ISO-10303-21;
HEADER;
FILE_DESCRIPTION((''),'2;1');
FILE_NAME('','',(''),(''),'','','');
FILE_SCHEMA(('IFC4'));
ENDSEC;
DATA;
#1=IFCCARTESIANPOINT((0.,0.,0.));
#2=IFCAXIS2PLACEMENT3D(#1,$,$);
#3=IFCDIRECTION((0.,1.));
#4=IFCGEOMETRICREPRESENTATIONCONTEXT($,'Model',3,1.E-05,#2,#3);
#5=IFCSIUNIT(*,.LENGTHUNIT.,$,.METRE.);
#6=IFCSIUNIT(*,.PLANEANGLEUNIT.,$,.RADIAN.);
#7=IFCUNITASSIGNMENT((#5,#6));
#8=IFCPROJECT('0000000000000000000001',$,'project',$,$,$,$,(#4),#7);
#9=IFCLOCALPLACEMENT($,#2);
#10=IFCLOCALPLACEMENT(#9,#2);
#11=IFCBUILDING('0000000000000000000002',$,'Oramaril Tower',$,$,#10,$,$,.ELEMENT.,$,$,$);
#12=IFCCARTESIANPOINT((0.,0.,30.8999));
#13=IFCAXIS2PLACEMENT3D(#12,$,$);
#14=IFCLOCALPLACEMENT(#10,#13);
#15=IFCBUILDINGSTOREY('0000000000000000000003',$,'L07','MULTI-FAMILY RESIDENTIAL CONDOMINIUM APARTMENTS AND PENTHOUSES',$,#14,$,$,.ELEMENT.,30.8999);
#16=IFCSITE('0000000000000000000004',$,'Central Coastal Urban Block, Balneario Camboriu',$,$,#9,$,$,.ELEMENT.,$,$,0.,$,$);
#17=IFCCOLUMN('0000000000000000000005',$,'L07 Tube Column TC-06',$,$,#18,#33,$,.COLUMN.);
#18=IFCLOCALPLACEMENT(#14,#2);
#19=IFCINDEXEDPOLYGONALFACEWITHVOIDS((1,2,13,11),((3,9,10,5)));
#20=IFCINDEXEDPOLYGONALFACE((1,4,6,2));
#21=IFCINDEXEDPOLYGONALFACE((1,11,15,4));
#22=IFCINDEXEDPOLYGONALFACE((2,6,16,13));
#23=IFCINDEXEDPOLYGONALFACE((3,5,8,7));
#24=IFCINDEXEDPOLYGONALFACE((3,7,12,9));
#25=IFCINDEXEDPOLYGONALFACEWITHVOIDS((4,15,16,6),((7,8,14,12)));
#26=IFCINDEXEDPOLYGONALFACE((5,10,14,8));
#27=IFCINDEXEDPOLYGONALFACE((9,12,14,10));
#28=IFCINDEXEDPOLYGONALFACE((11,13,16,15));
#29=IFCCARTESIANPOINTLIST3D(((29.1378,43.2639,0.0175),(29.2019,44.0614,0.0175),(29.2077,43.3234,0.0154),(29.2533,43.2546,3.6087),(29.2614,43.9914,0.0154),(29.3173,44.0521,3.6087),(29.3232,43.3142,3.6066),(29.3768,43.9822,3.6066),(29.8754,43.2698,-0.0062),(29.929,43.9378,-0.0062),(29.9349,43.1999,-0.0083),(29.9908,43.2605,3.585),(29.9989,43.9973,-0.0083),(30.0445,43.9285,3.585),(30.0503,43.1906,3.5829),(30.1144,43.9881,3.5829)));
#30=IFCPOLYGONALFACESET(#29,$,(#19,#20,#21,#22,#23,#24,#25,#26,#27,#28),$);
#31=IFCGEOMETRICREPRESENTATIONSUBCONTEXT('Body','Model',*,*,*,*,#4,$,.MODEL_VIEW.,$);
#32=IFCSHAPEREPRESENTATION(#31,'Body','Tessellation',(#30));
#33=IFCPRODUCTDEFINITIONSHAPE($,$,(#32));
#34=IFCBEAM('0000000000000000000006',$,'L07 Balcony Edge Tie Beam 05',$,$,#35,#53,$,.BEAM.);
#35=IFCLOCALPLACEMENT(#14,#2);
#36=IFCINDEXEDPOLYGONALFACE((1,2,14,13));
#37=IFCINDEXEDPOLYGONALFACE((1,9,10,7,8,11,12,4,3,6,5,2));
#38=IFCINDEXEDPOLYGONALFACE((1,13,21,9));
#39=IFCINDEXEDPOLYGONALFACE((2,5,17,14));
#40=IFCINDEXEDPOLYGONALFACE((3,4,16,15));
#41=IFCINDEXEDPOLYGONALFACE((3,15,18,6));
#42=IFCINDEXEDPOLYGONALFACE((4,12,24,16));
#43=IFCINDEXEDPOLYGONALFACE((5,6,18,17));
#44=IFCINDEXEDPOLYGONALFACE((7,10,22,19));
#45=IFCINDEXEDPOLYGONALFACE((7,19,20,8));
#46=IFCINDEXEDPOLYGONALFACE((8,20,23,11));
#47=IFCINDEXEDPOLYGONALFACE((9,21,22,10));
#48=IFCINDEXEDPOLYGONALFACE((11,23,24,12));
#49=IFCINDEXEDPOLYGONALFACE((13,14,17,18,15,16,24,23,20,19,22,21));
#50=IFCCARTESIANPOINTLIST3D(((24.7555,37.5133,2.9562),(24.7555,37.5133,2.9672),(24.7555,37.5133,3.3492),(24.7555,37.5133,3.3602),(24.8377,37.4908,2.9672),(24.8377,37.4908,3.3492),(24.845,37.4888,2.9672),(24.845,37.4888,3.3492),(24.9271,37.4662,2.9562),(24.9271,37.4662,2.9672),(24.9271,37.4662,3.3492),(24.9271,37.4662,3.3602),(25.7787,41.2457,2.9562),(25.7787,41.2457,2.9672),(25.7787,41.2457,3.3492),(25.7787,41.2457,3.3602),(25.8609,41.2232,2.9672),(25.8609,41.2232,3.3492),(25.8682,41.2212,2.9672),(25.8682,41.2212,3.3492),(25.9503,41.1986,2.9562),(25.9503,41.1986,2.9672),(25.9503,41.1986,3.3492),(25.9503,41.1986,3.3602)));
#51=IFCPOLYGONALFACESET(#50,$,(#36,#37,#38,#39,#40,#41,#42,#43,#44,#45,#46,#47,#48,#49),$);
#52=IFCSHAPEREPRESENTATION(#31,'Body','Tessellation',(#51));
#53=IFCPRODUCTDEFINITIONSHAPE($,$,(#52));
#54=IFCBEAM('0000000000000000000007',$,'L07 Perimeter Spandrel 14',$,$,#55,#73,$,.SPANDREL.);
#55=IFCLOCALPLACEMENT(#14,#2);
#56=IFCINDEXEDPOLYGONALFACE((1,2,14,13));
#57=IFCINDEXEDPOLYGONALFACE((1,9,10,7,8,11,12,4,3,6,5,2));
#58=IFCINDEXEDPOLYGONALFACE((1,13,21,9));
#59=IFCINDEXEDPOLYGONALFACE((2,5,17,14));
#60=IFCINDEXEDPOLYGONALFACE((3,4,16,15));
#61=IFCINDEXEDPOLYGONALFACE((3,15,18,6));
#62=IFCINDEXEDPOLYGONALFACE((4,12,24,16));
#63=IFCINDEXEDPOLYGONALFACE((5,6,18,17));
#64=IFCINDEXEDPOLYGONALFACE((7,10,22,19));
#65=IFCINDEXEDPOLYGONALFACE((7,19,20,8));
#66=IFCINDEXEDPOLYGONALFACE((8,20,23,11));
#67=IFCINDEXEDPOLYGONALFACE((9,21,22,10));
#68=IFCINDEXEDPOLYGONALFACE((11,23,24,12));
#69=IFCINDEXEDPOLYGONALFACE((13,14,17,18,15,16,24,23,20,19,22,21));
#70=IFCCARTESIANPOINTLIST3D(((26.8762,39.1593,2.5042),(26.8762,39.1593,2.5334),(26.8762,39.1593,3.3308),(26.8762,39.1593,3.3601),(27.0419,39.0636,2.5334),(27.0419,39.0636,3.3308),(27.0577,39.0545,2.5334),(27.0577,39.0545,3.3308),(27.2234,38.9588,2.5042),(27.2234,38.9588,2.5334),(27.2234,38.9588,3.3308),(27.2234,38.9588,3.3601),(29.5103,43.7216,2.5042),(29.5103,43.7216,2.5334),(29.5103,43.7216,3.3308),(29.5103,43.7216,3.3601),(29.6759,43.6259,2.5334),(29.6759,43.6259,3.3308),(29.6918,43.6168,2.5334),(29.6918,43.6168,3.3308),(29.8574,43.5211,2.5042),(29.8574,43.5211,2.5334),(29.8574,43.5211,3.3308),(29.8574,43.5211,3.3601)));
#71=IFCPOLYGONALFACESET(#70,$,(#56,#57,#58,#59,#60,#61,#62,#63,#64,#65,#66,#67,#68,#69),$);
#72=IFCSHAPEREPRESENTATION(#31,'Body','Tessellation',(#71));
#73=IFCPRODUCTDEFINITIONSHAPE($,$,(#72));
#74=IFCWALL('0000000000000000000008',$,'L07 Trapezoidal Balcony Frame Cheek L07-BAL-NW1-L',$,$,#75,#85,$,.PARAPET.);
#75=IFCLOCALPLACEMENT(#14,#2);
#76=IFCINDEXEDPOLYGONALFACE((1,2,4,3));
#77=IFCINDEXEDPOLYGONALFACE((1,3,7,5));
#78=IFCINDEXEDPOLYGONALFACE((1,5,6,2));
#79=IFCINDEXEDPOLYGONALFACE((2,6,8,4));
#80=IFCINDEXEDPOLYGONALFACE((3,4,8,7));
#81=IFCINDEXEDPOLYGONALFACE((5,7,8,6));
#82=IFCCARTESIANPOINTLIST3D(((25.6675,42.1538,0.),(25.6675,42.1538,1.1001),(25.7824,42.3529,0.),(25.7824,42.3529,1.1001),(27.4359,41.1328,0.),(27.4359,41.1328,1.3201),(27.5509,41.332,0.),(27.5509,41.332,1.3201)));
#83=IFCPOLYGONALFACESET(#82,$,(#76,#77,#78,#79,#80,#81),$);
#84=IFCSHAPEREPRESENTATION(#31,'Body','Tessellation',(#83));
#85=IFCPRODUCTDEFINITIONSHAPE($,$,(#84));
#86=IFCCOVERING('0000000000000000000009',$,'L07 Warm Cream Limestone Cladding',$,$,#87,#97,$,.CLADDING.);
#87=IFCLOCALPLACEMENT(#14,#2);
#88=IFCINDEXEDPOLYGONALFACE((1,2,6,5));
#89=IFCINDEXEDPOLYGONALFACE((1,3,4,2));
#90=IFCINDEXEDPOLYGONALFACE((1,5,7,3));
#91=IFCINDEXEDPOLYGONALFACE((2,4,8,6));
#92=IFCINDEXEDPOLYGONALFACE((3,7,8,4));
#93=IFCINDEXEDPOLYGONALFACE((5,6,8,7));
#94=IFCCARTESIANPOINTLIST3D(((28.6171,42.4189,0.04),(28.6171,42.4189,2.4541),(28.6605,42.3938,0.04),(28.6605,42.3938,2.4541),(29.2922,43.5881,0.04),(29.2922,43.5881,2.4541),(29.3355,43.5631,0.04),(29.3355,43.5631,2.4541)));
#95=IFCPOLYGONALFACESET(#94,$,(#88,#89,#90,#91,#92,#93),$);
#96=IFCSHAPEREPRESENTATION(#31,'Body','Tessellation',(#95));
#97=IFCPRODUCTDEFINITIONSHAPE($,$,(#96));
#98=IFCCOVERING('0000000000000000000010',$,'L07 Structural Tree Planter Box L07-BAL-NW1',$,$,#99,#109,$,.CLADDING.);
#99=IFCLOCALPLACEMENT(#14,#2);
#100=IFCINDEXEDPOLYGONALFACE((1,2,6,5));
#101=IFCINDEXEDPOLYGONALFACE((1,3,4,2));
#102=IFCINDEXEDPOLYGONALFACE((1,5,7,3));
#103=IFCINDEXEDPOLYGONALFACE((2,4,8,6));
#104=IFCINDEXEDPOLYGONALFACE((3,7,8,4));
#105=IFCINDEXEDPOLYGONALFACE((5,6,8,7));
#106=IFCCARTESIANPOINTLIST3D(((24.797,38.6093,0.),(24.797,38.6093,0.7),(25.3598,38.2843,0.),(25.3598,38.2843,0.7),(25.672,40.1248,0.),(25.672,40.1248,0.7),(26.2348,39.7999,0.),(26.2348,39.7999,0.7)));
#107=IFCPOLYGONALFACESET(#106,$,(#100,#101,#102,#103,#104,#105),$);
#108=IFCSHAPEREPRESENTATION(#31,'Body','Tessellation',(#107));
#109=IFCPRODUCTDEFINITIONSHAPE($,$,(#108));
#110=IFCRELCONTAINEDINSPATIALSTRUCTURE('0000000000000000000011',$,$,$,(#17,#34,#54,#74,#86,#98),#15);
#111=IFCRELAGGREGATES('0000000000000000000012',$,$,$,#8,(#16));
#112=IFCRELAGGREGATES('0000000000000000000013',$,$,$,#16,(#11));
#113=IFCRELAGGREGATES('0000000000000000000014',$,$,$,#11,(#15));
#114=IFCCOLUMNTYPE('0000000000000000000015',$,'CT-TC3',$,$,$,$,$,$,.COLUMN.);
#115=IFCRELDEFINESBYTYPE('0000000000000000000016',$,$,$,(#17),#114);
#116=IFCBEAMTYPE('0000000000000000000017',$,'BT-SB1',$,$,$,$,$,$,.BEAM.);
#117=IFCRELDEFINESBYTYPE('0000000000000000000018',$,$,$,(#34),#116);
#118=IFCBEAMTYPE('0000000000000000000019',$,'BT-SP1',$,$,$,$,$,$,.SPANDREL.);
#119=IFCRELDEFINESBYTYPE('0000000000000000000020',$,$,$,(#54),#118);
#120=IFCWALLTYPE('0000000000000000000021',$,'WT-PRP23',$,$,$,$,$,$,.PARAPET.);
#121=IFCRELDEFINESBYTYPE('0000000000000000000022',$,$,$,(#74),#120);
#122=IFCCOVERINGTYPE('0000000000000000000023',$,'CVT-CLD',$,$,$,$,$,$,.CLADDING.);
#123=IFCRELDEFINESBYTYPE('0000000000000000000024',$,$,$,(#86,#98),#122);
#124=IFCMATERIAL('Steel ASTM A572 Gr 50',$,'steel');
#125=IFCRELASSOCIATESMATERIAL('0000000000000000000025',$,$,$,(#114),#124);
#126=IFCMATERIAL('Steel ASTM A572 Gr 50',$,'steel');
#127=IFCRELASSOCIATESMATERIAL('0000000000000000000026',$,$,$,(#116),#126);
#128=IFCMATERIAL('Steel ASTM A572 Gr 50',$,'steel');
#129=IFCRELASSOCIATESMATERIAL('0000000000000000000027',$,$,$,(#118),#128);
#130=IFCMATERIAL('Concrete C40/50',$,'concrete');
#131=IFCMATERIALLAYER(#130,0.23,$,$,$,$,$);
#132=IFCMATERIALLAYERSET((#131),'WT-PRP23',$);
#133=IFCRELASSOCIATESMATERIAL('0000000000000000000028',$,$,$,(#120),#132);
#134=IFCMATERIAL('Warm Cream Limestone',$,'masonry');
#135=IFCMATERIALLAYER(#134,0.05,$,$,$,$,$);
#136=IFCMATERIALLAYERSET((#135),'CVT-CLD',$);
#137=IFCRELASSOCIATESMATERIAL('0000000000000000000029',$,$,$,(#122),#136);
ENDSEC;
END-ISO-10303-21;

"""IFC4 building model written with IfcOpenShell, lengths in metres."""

from ifc_helpers import new_model, si_unit, direction, frame, origin, origin_2d, place, context, subcontext, project, spatial, polyline, rectangle, hollow_rectangle, i_section, outline, extrude, material, layer, layer_set, material_profile, profile_set, type_object, element, save


model = new_model("IFC4")

# Units and contexts
model_context = context("Model", 3, precision=1e-05, world=origin(), true_north=direction((0.0, 1.0)))
body_context = subcontext(model_context, "Body", "Model", "MODEL_VIEW")
ifc_project = project(units=[si_unit("LENGTHUNIT", "METRE"), si_unit("PLANEANGLEUNIT", "RADIAN")], contexts=[model_context])

# Site, building, storey
site_placement = place(None, origin())
site = spatial("IfcSite", under=ifc_project, at=site_placement, Name="Central Coastal Urban Block, Balneario Camboriu", CompositionType="ELEMENT", RefElevation=0.0)
building_placement = place(site_placement, origin())
building = spatial("IfcBuilding", under=site, at=building_placement, Name="Oramaril Tower", CompositionType="ELEMENT")
storey_placement = place(building_placement, frame((0.0, 0.0, 30.8999)))
storey = spatial("IfcBuildingStorey", under=building, at=storey_placement, Name="L07", Description="MULTI-FAMILY RESIDENTIAL CONDOMINIUM APARTMENTS AND PENTHOUSES", CompositionType="ELEMENT", Elevation=30.8999)

# Column
ifc_material_1 = material(Name="Steel ASTM A572 Gr 50", Category="steel")
ifc_material_profile_1 = material_profile(ifc_material_1, hollow_rectangle(XDim=0.8, YDim=0.8, WallThickness=0.0649, at=origin_2d()), Name="BOX800X800X65")
ifc_profile_set_1 = profile_set([ifc_material_profile_1], Name="Steel ASTM A572 Gr 50")
column_type = type_object("IfcColumnType", Name="CT-TC3", PredefinedType="COLUMN", material=ifc_profile_set_1)
column_placement = place(storey_placement, frame((29.5684, 43.6306, 0.0046), z_axis=(0.03214, -0.002582, 0.99948), x_axis=(0.08008, 0.996788, 0.0)))
element("IfcColumn", 1, at=column_placement, inside=storey, type_object=column_type, Name="L07 Tube Column TC-06", PredefinedType="COLUMN", context=body_context, shape_type="SweptSolid", body=[
    extrude(hollow_rectangle(XDim=0.8, YDim=0.8, WallThickness=0.0649, at=origin_2d()), origin(), (0.0, 0.0, 1.0), 3.593),
])

# Beams
ifc_material_2 = material(Name="Steel ASTM A572 Gr 50", Category="steel")
ifc_material_profile_2 = material_profile(ifc_material_2, i_section(OverallWidth=0.178, OverallDepth=0.4041, WebThickness=0.0076, FlangeThickness=0.011, at=origin_2d()), Name="W16X36")
ifc_profile_set_2 = profile_set([ifc_material_profile_2], Name="Steel ASTM A572 Gr 50")
beam_type_1 = type_object("IfcBeamType", Name="BT-SB1", PredefinedType="BEAM", material=ifc_profile_set_2)
beam_1_placement = place(storey_placement, frame((25.8645, 41.2222, 3.1582), z_axis=(-0.264382, -0.964418, 0.0), x_axis=(0.964418, -0.264382, 0.0)))
element("IfcBeam", 2, at=beam_1_placement, inside=storey, type_object=beam_type_1, Name="L07 Balcony Edge Tie Beam 05", PredefinedType="BEAM", context=body_context, shape_type="SweptSolid", body=[
    extrude(i_section(OverallWidth=0.178, OverallDepth=0.4041, WebThickness=0.0076, FlangeThickness=0.011, at=origin_2d()), origin(), (0.0, 0.0, 1.0), 3.8701),
])
ifc_material_3 = material(Name="Steel ASTM A572 Gr 50", Category="steel")
ifc_material_profile_3 = material_profile(ifc_material_3, i_section(OverallWidth=0.4009, OverallDepth=0.856, WebThickness=0.0183, FlangeThickness=0.0293, at=origin_2d()), Name="W33X201")
ifc_profile_set_3 = profile_set([ifc_material_profile_3], Name="Steel ASTM A572 Gr 50")
beam_type_2 = type_object("IfcBeamType", Name="BT-SP1", PredefinedType="SPANDREL", material=ifc_profile_set_3)
beam_2_placement = place(storey_placement, frame((29.6838, 43.6213, 2.9321), z_axis=(-0.500002, -0.866024, 0.0), x_axis=(0.866024, -0.500002, 0.0)))
element("IfcBeam", 3, at=beam_2_placement, inside=storey, type_object=beam_type_2, Name="L07 Perimeter Spandrel 14", PredefinedType="SPANDREL", context=body_context, shape_type="SweptSolid", body=[
    extrude(i_section(OverallWidth=0.4009, OverallDepth=0.856, WebThickness=0.0183, FlangeThickness=0.0293, at=origin_2d()), origin(), (0.0, 0.0, 1.0), 5.2681),
])

# Wall
ifc_material_4 = material(Name="Concrete C40/50", Category="concrete")
ifc_layer_1 = layer(ifc_material_4, 0.23)
ifc_layer_set_1 = layer_set([ifc_layer_1], Name="WT-PRP23")
wall_type_1 = type_object("IfcWallType", Name="WT-PRP23", PredefinedType="PARAPET", material=ifc_layer_set_1)
wall_1_placement = place(storey_placement, frame((27.4934, 41.2324, 0.0), z_axis=(0.0, 0.0, 1.0), x_axis=(-0.866042, 0.499971, 0.0)))
element("IfcWall", 4, at=wall_1_placement, inside=storey, type_object=wall_type_1, Name="L07 Trapezoidal Balcony Frame Cheek L07-BAL-NW1-L", PredefinedType="PARAPET", context=body_context, shape_type="SweptSolid", body=[
    extrude(outline(polyline([(0.0, 0.0), (2.042, 0.0), (2.042, 1.1001), (0.0, 1.3201), (0.0, 0.0)])), frame((0.0, 0.115, 0.0), z_axis=(0.0, -1.0, 0.0), x_axis=(1.0, 0.0, 0.0)), (0.0, 0.0, 1.0), 0.23),
])

# Coverings
ifc_material_5 = material(Name="Warm Cream Limestone", Category="masonry")
ifc_layer_2 = layer(ifc_material_5, 0.05)
ifc_layer_set_2 = layer_set([ifc_layer_2], Name="CVT-CLD")
covering_type = type_object("IfcCoveringType", Name="CVT-CLD", PredefinedType="CLADDING", material=ifc_layer_set_2)
covering_1_placement = place(storey_placement, frame((28.9763, 42.991, 0.04), z_axis=(0.0, 0.0, 1.0), x_axis=(-0.5, -0.866025, 0.0)))
element("IfcCovering", 5, at=covering_1_placement, inside=storey, type_object=covering_type, Name="L07 Warm Cream Limestone Cladding", PredefinedType="CLADDING", context=body_context, shape_type="SweptSolid", body=[
    extrude(rectangle(XDim=1.3501, YDim=0.05, at=origin_2d()), origin(), (0.0, 0.0, 1.0), 2.4141),
])
covering_2_placement = place(storey_placement, frame((25.5159, 39.2046, 0.0), z_axis=(0.0, 0.0, 1.0), x_axis=(-0.500002, -0.866025, 0.0)))
element("IfcCovering", 6, at=covering_2_placement, inside=storey, type_object=covering_type, Name="L07 Structural Tree Planter Box L07-BAL-NW1", PredefinedType="CLADDING", context=body_context, shape_type="SweptSolid", body=[
    extrude(rectangle(XDim=1.75, YDim=0.6499, at=origin_2d()), origin(), (0.0, 0.0, 1.0), 0.7),
])

save(model, "model.ifc")
